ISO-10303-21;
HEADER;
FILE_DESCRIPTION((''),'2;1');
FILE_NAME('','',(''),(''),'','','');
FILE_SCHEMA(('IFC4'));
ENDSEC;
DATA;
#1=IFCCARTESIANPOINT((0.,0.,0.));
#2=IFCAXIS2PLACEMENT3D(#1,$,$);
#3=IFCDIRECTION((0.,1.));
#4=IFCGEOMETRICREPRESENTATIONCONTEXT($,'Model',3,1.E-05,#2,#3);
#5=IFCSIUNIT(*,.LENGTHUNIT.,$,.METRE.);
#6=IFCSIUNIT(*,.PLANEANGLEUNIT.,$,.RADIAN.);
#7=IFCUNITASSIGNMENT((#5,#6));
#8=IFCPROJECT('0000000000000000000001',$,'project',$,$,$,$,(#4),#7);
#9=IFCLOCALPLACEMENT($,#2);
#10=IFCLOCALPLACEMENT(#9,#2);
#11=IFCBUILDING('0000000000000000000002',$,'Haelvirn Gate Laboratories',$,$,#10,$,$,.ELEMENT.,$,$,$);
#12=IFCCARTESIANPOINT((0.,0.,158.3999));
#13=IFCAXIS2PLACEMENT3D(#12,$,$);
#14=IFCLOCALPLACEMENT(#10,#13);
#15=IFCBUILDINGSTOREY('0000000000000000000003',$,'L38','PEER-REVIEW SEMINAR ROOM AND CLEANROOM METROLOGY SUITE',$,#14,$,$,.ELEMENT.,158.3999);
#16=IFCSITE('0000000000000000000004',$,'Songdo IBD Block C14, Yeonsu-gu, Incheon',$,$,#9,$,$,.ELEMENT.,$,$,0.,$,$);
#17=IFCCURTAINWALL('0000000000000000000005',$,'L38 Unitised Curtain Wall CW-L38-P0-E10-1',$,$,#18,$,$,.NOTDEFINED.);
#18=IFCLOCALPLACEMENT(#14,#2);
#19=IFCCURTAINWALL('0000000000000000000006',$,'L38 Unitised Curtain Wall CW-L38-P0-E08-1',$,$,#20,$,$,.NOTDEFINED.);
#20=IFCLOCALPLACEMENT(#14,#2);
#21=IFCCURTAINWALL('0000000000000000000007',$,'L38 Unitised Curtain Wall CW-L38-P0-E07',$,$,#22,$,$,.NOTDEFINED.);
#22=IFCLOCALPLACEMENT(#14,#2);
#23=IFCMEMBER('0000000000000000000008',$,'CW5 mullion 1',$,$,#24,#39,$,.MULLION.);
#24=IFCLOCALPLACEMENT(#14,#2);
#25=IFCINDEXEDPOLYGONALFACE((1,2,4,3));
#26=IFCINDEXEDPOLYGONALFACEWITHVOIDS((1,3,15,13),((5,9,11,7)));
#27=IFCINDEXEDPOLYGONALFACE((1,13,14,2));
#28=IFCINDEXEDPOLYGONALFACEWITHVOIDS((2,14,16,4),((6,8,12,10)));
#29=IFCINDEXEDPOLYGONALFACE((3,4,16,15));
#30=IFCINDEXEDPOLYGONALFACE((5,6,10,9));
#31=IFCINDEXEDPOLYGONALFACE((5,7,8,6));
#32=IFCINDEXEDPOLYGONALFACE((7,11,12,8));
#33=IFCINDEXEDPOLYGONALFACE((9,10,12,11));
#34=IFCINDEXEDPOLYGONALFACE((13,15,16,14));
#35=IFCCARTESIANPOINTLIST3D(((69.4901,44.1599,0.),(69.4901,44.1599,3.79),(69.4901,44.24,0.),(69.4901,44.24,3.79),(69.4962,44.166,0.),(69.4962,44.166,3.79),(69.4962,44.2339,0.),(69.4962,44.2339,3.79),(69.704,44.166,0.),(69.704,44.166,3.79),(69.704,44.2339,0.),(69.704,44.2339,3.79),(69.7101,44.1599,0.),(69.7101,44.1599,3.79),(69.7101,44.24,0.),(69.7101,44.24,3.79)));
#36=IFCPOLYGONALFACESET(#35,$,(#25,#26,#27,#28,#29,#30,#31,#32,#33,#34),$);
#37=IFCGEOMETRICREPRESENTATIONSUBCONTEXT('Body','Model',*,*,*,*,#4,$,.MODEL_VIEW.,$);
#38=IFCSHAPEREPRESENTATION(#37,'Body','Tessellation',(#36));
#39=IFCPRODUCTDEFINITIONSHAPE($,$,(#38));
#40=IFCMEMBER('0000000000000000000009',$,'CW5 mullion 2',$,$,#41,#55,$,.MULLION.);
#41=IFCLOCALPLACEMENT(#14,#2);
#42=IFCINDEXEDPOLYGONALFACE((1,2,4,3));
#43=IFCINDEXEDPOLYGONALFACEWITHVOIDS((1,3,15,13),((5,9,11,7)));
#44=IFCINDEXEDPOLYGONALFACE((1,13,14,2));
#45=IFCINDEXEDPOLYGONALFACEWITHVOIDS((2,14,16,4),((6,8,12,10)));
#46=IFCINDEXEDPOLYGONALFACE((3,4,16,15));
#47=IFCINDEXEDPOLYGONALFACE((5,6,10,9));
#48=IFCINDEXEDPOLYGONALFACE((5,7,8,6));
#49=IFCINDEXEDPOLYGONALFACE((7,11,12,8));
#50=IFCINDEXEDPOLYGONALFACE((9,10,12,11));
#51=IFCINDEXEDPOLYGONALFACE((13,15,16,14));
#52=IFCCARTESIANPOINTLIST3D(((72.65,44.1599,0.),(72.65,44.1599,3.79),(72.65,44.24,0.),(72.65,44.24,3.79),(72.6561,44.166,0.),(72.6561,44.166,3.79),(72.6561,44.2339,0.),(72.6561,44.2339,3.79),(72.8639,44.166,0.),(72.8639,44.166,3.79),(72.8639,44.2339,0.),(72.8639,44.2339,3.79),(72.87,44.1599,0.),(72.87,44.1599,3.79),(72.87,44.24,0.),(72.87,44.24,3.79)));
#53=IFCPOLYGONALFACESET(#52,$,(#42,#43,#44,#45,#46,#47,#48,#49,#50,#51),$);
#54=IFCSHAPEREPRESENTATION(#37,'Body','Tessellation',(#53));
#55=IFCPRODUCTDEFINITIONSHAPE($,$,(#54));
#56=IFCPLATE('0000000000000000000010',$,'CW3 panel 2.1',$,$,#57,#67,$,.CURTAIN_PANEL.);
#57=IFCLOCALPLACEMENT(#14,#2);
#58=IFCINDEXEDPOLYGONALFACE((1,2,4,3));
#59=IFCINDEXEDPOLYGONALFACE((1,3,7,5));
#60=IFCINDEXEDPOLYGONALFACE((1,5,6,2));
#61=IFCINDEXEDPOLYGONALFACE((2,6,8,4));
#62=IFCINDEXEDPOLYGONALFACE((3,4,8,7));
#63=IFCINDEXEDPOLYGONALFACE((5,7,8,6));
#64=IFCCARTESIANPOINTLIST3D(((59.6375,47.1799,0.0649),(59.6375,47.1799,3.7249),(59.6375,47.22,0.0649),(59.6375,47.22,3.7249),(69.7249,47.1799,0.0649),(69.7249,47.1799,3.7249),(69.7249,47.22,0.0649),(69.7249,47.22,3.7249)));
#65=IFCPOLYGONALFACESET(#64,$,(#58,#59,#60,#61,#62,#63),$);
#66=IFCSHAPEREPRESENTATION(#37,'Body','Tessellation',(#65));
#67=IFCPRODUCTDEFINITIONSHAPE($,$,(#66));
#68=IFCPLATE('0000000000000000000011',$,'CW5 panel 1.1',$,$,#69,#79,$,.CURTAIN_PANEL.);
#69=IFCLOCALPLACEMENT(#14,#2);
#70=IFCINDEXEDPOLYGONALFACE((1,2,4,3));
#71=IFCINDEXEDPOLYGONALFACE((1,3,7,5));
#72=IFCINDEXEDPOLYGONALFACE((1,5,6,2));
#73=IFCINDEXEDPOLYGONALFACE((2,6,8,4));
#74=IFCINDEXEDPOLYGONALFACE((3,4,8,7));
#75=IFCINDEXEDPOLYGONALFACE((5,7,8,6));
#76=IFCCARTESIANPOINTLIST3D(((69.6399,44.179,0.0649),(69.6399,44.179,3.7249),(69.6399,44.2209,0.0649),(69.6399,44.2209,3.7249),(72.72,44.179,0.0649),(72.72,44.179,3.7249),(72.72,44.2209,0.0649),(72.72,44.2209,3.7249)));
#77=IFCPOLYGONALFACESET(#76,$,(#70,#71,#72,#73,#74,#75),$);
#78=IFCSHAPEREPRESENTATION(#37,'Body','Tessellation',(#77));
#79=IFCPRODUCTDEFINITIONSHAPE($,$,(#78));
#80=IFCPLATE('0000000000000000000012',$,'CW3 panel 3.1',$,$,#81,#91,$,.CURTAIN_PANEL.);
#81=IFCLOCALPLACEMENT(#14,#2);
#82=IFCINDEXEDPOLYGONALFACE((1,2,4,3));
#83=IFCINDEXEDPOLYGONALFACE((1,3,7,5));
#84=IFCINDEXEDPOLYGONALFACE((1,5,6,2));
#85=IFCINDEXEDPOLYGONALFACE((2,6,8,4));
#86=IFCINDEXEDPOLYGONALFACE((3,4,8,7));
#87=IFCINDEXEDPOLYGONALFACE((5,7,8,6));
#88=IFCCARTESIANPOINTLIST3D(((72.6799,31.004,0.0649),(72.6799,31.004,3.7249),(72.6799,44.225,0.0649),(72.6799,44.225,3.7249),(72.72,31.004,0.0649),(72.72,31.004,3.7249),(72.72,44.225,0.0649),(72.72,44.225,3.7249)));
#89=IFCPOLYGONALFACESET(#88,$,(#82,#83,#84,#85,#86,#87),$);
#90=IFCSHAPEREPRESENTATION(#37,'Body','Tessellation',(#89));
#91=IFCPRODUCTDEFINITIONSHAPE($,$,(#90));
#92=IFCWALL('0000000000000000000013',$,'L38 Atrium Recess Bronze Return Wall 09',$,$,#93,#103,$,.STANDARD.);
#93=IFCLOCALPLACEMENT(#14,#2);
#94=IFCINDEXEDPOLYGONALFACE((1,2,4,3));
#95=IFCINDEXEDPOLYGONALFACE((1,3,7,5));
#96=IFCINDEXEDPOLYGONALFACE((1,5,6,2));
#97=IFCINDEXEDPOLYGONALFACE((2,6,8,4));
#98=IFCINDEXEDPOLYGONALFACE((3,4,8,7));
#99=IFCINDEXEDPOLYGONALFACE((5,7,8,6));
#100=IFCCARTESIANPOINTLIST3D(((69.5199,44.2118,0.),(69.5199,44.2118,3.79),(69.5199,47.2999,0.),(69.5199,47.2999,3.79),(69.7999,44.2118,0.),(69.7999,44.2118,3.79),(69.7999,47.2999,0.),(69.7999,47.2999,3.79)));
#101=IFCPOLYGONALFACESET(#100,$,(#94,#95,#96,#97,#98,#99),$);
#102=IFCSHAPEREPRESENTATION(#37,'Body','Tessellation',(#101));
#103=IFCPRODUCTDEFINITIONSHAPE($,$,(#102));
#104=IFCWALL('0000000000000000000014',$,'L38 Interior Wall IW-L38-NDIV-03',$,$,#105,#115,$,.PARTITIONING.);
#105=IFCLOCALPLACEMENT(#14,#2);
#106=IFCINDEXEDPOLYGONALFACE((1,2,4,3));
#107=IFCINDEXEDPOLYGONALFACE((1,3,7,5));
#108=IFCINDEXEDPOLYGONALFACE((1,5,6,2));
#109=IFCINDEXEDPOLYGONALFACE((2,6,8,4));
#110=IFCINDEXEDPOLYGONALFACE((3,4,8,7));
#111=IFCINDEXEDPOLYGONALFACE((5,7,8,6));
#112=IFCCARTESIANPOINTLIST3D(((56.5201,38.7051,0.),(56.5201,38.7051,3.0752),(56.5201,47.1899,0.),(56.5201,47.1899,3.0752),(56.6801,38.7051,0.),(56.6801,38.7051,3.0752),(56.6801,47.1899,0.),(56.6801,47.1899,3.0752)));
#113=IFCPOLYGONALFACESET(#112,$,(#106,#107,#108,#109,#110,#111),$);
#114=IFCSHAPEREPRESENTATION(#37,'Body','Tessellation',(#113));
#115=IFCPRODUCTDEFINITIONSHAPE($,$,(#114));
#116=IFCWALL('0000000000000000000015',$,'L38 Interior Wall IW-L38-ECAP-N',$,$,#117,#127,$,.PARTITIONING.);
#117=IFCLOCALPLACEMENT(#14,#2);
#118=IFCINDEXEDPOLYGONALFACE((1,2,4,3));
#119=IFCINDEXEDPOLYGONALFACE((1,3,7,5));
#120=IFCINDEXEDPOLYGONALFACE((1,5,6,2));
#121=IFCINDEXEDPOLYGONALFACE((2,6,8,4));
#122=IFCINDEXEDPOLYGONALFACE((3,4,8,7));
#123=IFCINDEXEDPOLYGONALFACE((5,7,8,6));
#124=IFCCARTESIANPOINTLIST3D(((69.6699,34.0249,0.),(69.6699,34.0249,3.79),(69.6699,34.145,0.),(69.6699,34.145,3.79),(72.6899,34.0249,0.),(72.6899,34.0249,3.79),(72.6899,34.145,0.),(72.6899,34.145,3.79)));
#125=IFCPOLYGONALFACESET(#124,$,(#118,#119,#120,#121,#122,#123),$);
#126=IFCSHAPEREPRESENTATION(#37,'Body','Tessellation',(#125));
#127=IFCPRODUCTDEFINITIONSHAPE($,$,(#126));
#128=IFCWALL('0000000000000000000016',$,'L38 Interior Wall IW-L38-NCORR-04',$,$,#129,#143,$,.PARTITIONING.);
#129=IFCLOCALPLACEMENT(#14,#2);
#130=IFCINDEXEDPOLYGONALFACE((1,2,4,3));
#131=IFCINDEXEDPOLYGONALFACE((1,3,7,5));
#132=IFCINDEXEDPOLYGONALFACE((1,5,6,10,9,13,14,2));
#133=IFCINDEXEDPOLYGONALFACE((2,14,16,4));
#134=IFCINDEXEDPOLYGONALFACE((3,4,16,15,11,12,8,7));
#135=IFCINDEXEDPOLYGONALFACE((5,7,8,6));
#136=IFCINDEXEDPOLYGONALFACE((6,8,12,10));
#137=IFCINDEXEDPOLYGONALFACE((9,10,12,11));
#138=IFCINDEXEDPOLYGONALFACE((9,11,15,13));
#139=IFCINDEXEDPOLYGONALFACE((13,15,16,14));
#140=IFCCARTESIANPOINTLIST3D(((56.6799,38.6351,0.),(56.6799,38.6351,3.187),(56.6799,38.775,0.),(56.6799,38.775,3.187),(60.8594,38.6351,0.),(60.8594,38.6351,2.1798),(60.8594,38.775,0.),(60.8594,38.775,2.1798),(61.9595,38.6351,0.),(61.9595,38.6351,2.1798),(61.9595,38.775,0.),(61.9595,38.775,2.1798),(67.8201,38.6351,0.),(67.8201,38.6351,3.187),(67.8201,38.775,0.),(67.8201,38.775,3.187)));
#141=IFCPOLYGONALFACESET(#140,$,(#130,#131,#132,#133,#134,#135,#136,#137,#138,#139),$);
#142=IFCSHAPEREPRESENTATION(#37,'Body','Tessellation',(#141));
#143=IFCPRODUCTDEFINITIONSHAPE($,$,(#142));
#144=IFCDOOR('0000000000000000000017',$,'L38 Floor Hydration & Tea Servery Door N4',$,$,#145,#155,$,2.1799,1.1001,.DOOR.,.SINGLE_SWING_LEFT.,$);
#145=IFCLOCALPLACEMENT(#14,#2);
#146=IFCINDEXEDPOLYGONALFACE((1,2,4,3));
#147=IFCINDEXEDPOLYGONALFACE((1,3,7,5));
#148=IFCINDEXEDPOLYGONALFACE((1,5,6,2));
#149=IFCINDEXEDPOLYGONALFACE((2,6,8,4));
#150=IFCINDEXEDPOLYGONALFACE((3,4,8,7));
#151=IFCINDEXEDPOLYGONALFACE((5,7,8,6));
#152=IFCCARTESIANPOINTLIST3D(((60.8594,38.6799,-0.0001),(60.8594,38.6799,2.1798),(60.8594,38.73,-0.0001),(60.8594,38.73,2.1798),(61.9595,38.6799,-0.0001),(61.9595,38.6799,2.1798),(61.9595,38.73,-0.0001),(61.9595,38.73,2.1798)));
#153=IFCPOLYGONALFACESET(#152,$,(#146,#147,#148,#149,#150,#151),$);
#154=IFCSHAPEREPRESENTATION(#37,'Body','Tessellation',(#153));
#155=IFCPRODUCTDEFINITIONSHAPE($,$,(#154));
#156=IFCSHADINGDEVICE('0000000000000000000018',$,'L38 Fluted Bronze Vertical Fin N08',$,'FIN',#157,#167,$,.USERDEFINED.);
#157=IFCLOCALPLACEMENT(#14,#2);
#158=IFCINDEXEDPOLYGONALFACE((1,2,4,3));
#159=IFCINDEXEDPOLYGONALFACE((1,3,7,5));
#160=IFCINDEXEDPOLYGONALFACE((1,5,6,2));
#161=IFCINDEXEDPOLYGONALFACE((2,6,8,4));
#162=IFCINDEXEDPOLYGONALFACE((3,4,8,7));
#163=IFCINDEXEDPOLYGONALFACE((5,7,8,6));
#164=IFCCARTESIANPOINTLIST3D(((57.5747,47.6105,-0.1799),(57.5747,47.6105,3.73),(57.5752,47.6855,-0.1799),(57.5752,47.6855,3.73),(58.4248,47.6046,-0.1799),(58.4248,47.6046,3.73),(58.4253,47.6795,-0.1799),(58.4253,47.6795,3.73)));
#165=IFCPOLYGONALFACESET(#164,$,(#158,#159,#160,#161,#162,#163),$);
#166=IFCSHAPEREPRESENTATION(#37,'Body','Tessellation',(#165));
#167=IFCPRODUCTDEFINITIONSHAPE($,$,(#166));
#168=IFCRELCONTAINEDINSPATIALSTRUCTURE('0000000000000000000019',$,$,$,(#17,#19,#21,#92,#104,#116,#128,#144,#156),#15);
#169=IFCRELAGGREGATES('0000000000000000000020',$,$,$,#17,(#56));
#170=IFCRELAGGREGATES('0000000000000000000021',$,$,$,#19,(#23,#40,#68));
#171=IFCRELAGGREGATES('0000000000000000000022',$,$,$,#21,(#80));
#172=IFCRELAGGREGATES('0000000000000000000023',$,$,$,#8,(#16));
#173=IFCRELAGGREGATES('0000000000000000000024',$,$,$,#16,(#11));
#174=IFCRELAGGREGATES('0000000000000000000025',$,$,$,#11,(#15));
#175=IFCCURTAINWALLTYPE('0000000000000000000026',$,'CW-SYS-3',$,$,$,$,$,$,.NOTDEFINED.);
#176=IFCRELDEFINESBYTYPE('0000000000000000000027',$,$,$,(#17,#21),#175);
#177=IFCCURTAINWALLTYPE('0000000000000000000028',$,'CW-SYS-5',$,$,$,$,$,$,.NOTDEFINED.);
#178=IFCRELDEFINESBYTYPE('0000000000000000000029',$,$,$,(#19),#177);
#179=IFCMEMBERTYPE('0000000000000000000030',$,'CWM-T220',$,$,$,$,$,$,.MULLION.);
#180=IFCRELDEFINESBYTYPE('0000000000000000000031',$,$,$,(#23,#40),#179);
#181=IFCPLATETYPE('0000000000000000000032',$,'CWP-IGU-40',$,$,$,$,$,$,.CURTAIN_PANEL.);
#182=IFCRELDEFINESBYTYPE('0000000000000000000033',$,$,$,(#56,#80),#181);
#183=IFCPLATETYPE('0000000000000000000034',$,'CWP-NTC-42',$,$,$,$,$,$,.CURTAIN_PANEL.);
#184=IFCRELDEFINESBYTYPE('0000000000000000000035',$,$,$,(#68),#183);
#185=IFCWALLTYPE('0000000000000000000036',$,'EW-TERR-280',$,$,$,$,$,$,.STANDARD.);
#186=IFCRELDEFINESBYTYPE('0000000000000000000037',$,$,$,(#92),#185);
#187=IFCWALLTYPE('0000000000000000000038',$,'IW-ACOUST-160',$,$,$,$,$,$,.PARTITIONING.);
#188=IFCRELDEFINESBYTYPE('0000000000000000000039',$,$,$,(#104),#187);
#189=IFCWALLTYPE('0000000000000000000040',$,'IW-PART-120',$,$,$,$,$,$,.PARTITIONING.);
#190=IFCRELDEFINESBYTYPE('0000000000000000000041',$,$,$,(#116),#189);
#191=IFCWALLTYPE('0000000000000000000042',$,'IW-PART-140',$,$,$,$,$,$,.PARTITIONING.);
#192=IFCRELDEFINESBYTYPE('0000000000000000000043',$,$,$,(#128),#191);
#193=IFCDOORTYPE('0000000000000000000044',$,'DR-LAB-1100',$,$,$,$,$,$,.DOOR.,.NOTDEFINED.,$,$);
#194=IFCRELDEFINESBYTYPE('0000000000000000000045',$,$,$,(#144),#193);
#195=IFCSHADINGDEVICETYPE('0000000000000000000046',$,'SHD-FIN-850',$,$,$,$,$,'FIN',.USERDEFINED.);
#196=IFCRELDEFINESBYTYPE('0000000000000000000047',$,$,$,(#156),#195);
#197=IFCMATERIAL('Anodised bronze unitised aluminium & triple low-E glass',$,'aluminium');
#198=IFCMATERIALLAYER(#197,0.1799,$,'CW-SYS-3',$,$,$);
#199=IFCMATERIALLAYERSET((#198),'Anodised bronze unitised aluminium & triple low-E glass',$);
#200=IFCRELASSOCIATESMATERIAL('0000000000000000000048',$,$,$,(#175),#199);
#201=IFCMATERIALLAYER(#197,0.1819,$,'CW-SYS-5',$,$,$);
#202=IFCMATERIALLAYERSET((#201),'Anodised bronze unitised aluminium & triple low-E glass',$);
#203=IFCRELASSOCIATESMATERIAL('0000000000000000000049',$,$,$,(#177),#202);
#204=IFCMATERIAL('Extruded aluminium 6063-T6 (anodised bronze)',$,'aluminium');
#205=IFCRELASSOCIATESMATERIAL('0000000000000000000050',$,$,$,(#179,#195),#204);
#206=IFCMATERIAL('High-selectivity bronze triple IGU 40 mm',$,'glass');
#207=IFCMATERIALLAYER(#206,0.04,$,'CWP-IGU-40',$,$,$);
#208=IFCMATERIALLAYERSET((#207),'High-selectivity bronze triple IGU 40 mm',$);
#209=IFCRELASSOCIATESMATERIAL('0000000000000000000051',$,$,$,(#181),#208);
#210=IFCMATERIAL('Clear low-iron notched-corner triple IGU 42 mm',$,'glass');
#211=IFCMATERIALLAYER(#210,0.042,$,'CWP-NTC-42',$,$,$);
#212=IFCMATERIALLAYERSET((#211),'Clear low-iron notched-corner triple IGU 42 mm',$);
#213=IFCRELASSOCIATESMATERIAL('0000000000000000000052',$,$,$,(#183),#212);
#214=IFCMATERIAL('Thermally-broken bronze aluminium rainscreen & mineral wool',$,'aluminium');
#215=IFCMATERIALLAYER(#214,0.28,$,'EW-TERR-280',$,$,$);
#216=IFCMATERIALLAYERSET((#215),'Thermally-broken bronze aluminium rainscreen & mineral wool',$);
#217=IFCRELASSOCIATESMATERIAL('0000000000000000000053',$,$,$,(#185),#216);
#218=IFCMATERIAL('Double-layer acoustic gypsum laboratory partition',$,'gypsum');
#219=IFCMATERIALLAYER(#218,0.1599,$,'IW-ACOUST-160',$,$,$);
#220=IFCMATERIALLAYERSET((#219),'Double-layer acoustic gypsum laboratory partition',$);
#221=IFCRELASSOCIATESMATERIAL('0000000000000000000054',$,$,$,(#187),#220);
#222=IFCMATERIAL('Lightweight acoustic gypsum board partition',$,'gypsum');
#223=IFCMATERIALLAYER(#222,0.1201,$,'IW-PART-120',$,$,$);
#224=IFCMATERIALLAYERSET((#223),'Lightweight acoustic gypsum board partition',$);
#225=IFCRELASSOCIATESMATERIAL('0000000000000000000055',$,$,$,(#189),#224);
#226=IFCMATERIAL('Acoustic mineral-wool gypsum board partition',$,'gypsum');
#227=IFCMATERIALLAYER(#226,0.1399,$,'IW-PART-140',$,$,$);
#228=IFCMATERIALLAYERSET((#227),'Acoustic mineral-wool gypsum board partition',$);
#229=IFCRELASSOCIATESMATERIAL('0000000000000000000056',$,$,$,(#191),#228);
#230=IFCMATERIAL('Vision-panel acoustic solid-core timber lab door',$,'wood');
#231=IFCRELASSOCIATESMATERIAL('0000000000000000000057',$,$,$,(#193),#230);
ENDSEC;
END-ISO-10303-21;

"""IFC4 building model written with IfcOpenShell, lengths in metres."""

from ifc_helpers import new_model, si_unit, direction, frame, frame_2d, origin, origin_2d, place, context, subcontext, project, spatial, rectangle, hollow_rectangle, extrude, source, transform, mapped, material, layer, layer_set, material_profile, profile_set, type_object, type_shapes, element, fill, aggregate, save


model = new_model("IFC4")

# Units and contexts
model_context = context("Model", 3, precision=1e-05, world=origin(), true_north=direction((0.0, 1.0)))
body_context = subcontext(model_context, "Body", "Model", "MODEL_VIEW")
ifc_project = project(units=[si_unit("LENGTHUNIT", "METRE"), si_unit("PLANEANGLEUNIT", "RADIAN")], contexts=[model_context])

# Site, building, storey
site_placement = place(None, origin())
site = spatial("IfcSite", under=ifc_project, at=site_placement, Name="Songdo IBD Block C14, Yeonsu-gu, Incheon", CompositionType="ELEMENT", RefElevation=0.0)
building_placement = place(site_placement, origin())
building = spatial("IfcBuilding", under=site, at=building_placement, Name="Haelvirn Gate Laboratories", CompositionType="ELEMENT")
storey_placement = place(building_placement, frame((0.0, 0.0, 158.3999)))
storey = spatial("IfcBuildingStorey", under=building, at=storey_placement, Name="L38", Description="PEER-REVIEW SEMINAR ROOM AND CLEANROOM METROLOGY SUITE", CompositionType="ELEMENT", Elevation=158.3999)

# Curtain walls
ifc_material_1 = material(Name="Anodised bronze unitised aluminium & triple low-E glass", Category="aluminium")
ifc_layer_1 = layer(ifc_material_1, 0.1799, Name="CW-SYS-3")
ifc_layer_set_1 = layer_set([ifc_layer_1], Name="Anodised bronze unitised aluminium & triple low-E glass")
curtain_wall_type_1 = type_object("IfcCurtainWallType", Name="CW-SYS-3", PredefinedType="NOTDEFINED", material=ifc_layer_set_1)
curtain_wall_1_placement = place(storey_placement, origin())
curtain_wall_1 = element("IfcCurtainWall", 1, at=curtain_wall_1_placement, inside=storey, type_object=curtain_wall_type_1, Name="L38 Unitised Curtain Wall CW-L38-P0-E10-1", PredefinedType="NOTDEFINED")
ifc_material_2 = material(Name="Extruded aluminium 6063-T6 (anodised bronze)", Category="aluminium")
ifc_layer_2 = layer(ifc_material_1, 0.1819, Name="CW-SYS-5")
ifc_layer_set_2 = layer_set([ifc_layer_2], Name="Anodised bronze unitised aluminium & triple low-E glass")
curtain_wall_type_2 = type_object("IfcCurtainWallType", Name="CW-SYS-5", PredefinedType="NOTDEFINED", material=ifc_layer_set_2)
curtain_wall_2_placement = place(storey_placement, origin())
curtain_wall_2 = element("IfcCurtainWall", 2, at=curtain_wall_2_placement, inside=storey, type_object=curtain_wall_type_2, Name="L38 Unitised Curtain Wall CW-L38-P0-E08-1", PredefinedType="NOTDEFINED")

# Curtain wall
curtain_wall_3_placement = place(storey_placement, origin())
curtain_wall_3 = element("IfcCurtainWall", 3, at=curtain_wall_3_placement, inside=storey, type_object=curtain_wall_type_1, Name="L38 Unitised Curtain Wall CW-L38-P0-E07", PredefinedType="NOTDEFINED")

# Members
ifc_material_profile_1 = material_profile(ifc_material_2, hollow_rectangle(XDim=0.0801, YDim=0.22, WallThickness=0.0061, at=origin_2d()), Name="CWM-220x80x6")
ifc_profile_set_1 = profile_set([ifc_material_profile_1], Name="Extruded aluminium 6063-T6 (anodised bronze)")
member_type_1 = type_object("IfcMemberType", Name="CWM-T220", PredefinedType="MULLION", material=ifc_profile_set_1)
shared_shape_1 = source(origin(), body_context, "Body", "SweptSolid", [
    extrude(hollow_rectangle(XDim=0.0801, YDim=0.22, WallThickness=0.0061, at=origin_2d()), origin(), (0.0, 0.0, 1.0), 3.79),
])
type_shapes(member_type_1, [shared_shape_1])
member_1_placement = place(storey_placement, frame((69.6001, 44.2, 0.0), z_axis=(0.0, 0.0, 1.0), x_axis=(0.0, 1.0, 0.0)))
member_1 = element("IfcMember", 4, at=member_1_placement, type_object=member_type_1, Name="CW5 mullion 1", PredefinedType="MULLION", context=body_context, shape_type="MappedRepresentation", body=[
    mapped(shared_shape_1, transform((0.0, 0.0, 0.0), scale=1.0)),
])
member_2_placement = place(storey_placement, frame((72.76, 44.2, 0.0), z_axis=(0.0, 0.0, 1.0), x_axis=(0.0, 1.0, 0.0)))
member_2 = element("IfcMember", 5, at=member_2_placement, type_object=member_type_1, Name="CW5 mullion 2", PredefinedType="MULLION", context=body_context, shape_type="MappedRepresentation", body=[
    mapped(shared_shape_1, transform((0.0, 0.0, 0.0), scale=1.0)),
])

# Plates
ifc_material_3 = material(Name="High-selectivity bronze triple IGU 40 mm", Category="glass")
ifc_layer_3 = layer(ifc_material_3, 0.04, Name="CWP-IGU-40")
ifc_layer_set_3 = layer_set([ifc_layer_3], Name="High-selectivity bronze triple IGU 40 mm")
plate_type_1 = type_object("IfcPlateType", Name="CWP-IGU-40", PredefinedType="CURTAIN_PANEL", material=ifc_layer_set_3)
shared_shape_2 = source(origin(), body_context, "Body", "SweptSolid", [
    extrude(rectangle(XDim=10.0874, YDim=0.04, at=origin_2d()), origin(), (0.0, 0.0, 1.0), 3.6599),
])
plate_1_placement = place(storey_placement, frame((64.6812, 47.2, 0.0649), z_axis=(0.0, 0.0, 1.0), x_axis=(1.0, 0.0, 0.0)))
plate_1 = element("IfcPlate", 6, at=plate_1_placement, type_object=plate_type_1, Name="CW3 panel 2.1", PredefinedType="CURTAIN_PANEL", context=body_context, shape_type="MappedRepresentation", body=[
    mapped(shared_shape_2, transform((0.0, 0.0, 0.0), scale=1.0)),
])
aggregate(curtain_wall_1, [plate_1])
ifc_material_4 = material(Name="Clear low-iron notched-corner triple IGU 42 mm", Category="glass")
ifc_layer_4 = layer(ifc_material_4, 0.042, Name="CWP-NTC-42")
ifc_layer_set_4 = layer_set([ifc_layer_4], Name="Clear low-iron notched-corner triple IGU 42 mm")
plate_type_2 = type_object("IfcPlateType", Name="CWP-NTC-42", PredefinedType="CURTAIN_PANEL", material=ifc_layer_set_4)
shared_shape_3 = source(origin(), body_context, "Body", "SweptSolid", [
    extrude(rectangle(XDim=3.0801, YDim=0.042, at=origin_2d()), origin(), (0.0, 0.0, 1.0), 3.6599),
])
type_shapes(plate_type_2, [shared_shape_3])
plate_2_placement = place(storey_placement, frame((71.1799, 44.2, 0.0649), z_axis=(0.0, 0.0, 1.0), x_axis=(1.0, 0.0, 0.0)))
plate_2 = element("IfcPlate", 7, at=plate_2_placement, type_object=plate_type_2, Name="CW5 panel 1.1", PredefinedType="CURTAIN_PANEL", context=body_context, shape_type="MappedRepresentation", body=[
    mapped(shared_shape_3, transform((0.0, 0.0, 0.0), scale=1.0)),
])
aggregate(curtain_wall_2, [member_1, member_2, plate_2])
shared_shape_4 = source(origin(), body_context, "Body", "SweptSolid", [
    extrude(rectangle(XDim=13.2209, YDim=0.04, at=origin_2d()), origin(), (0.0, 0.0, 1.0), 3.6599),
])
type_shapes(plate_type_1, [shared_shape_2, shared_shape_4])
plate_3_placement = place(storey_placement, frame((72.7, 37.6145, 0.0649), z_axis=(0.0, 0.0, 1.0), x_axis=(0.0, 1.0, 0.0)))
plate_3 = element("IfcPlate", 8, at=plate_3_placement, type_object=plate_type_1, Name="CW3 panel 3.1", PredefinedType="CURTAIN_PANEL", context=body_context, shape_type="MappedRepresentation", body=[
    mapped(shared_shape_4, transform((0.0, 0.0, 0.0), scale=1.0)),
])
aggregate(curtain_wall_3, [plate_3])

# Walls
ifc_material_5 = material(Name="Thermally-broken bronze aluminium rainscreen & mineral wool", Category="aluminium")
ifc_layer_5 = layer(ifc_material_5, 0.28, Name="EW-TERR-280")
ifc_layer_set_5 = layer_set([ifc_layer_5], Name="Thermally-broken bronze aluminium rainscreen & mineral wool")
wall_type_1 = type_object("IfcWallType", Name="EW-TERR-280", PredefinedType="STANDARD", material=ifc_layer_set_5)
wall_1_placement = place(storey_placement, frame((69.6599, 44.2119, 0.0), z_axis=(0.0, 0.0, 1.0), x_axis=(0.0, 1.0, 0.0)))
element("IfcWall", 9, at=wall_1_placement, inside=storey, type_object=wall_type_1, Name="L38 Atrium Recess Bronze Return Wall 09", PredefinedType="STANDARD", context=body_context, shape_type="SweptSolid", body=[
    extrude(rectangle(XDim=3.0881, YDim=0.28, at=frame_2d((1.5439, 0.0))), origin(), (0.0, 0.0, 1.0), 3.79),
])
ifc_material_6 = material(Name="Double-layer acoustic gypsum laboratory partition", Category="gypsum")
ifc_layer_6 = layer(ifc_material_6, 0.1599, Name="IW-ACOUST-160")
ifc_layer_set_6 = layer_set([ifc_layer_6], Name="Double-layer acoustic gypsum laboratory partition")
wall_type_2 = type_object("IfcWallType", Name="IW-ACOUST-160", PredefinedType="PARTITIONING", material=ifc_layer_set_6)
wall_2_placement = place(storey_placement, frame((56.6001, 38.7051, 0.0), z_axis=(0.0, 0.0, 1.0), x_axis=(0.0, 1.0, 0.0)))
element("IfcWall", 10, at=wall_2_placement, inside=storey, type_object=wall_type_2, Name="L38 Interior Wall IW-L38-NDIV-03", PredefinedType="PARTITIONING", context=body_context, shape_type="SweptSolid", body=[
    extrude(rectangle(XDim=8.4849, YDim=0.1599, at=frame_2d((4.2424, 0.0))), origin(), (0.0, 0.0, 1.0), 3.0752),
])
ifc_material_7 = material(Name="Lightweight acoustic gypsum board partition", Category="gypsum")
ifc_layer_7 = layer(ifc_material_7, 0.1201, Name="IW-PART-120")
ifc_layer_set_7 = layer_set([ifc_layer_7], Name="Lightweight acoustic gypsum board partition")
wall_type_3 = type_object("IfcWallType", Name="IW-PART-120", PredefinedType="PARTITIONING", material=ifc_layer_set_7)
wall_3_placement = place(storey_placement, frame((69.6699, 34.085, 0.0), z_axis=(0.0, 0.0, 1.0), x_axis=(1.0, 0.0, 0.0)))
element("IfcWall", 11, at=wall_3_placement, inside=storey, type_object=wall_type_3, Name="L38 Interior Wall IW-L38-ECAP-N", PredefinedType="PARTITIONING", context=body_context, shape_type="SweptSolid", body=[
    extrude(rectangle(XDim=3.02, YDim=0.1201, at=frame_2d((1.51, 0.0))), origin(), (0.0, 0.0, 1.0), 3.79),
])

# Wall, opening, door
ifc_material_8 = material(Name="Acoustic mineral-wool gypsum board partition", Category="gypsum")
ifc_layer_8 = layer(ifc_material_8, 0.1399, Name="IW-PART-140")
ifc_layer_set_8 = layer_set([ifc_layer_8], Name="Acoustic mineral-wool gypsum board partition")
wall_type_4 = type_object("IfcWallType", Name="IW-PART-140", PredefinedType="PARTITIONING", material=ifc_layer_set_8)
wall_4_placement = place(storey_placement, frame((56.6799, 38.7051, 0.0), z_axis=(0.0, 0.0, 1.0), x_axis=(1.0, 0.0, 0.0)))
wall_4 = element("IfcWall", 12, at=wall_4_placement, inside=storey, type_object=wall_type_4, Name="L38 Interior Wall IW-L38-NCORR-04", PredefinedType="PARTITIONING", context=body_context, shape_type="SweptSolid", body=[
    extrude(rectangle(XDim=11.1401, YDim=0.1399, at=frame_2d((5.5701, 0.0))), origin(), (0.0, 0.0, 1.0), 3.187),
])
opening_placement = place(wall_4_placement, frame((4.1794, 0.0, 0.0)))
opening = element("IfcOpeningElement", 13, at=opening_placement, cuts=wall_4, PredefinedType="OPENING", context=body_context, shape_type="SweptSolid", body=[
    extrude(rectangle(XDim=1.1001, YDim=2.1799, at=frame_2d((0.55, 1.0898))), frame((0.0, 0.0801, 0.0), z_axis=(0.0, -1.0, 0.0), x_axis=(1.0, 0.0, 0.0)), (0.0, 0.0, 1.0), 0.1599),
])
ifc_material_9 = material(Name="Vision-panel acoustic solid-core timber lab door", Category="wood")
door_type = type_object("IfcDoorType", Name="DR-LAB-1100", OperationType="NOTDEFINED", PredefinedType="DOOR", material=ifc_material_9)
shared_shape_5 = source(origin(), body_context, "Body", "SweptSolid", [
    extrude(rectangle(XDim=1.1001, YDim=2.1799, at=frame_2d((0.55, 1.0898))), frame((0.0, 0.0249, 0.0), z_axis=(0.0, -1.0, 0.0), x_axis=(1.0, 0.0, 0.0)), (0.0, 0.0, 1.0), 0.05),
])
type_shapes(door_type, [shared_shape_5])
door_placement = place(opening_placement, origin())
door = element("IfcDoor", 14, at=door_placement, inside=storey, type_object=door_type, Name="L38 Floor Hydration & Tea Servery Door N4", OperationType="SINGLE_SWING_LEFT", OverallHeight=2.1799, OverallWidth=1.1001, PredefinedType="DOOR", context=body_context, shape_type="MappedRepresentation", body=[
    mapped(shared_shape_5, transform((0.0, 0.0, 0.0), scale=1.0)),
])
fill(opening, door)

# Shading device
ifc_material_profile_2 = material_profile(ifc_material_2, rectangle(XDim=0.075, YDim=0.8501, at=origin_2d()), Name="FIN-850x75")
ifc_profile_set_2 = profile_set([ifc_material_profile_2], Name="Extruded aluminium 6063-T6 (anodised bronze)")
shading_device_type = type_object("IfcShadingDeviceType", Name="SHD-FIN-850", ElementType="FIN", PredefinedType="USERDEFINED", material=ifc_profile_set_2)
shared_shape_6 = source(origin(), body_context, "Body", "SweptSolid", [
    extrude(rectangle(XDim=0.075, YDim=0.8501, at=origin_2d()), origin(), (0.0, 0.0, 1.0), 3.9099),
])
type_shapes(shading_device_type, [shared_shape_6])
for number, where, z_axis, x_axis, name in (
    (15, (58.0, 47.645, -0.1799), (0.0, 0.0, 1.0), (0.006981, 0.999976, 0.0), "L38 Fluted Bronze Vertical Fin N08"),
):
    element("IfcShadingDevice", number, at=place(storey_placement, frame(where, z_axis=z_axis, x_axis=x_axis)), inside=storey, type_object=shading_device_type, Name=name, ObjectType="FIN", PredefinedType="USERDEFINED", context=body_context, shape_type="MappedRepresentation", body=[
        mapped(shared_shape_6, transform((0.0, 0.0, 0.0), scale=1.0)),
    ])

save(model, "model.ifc")
